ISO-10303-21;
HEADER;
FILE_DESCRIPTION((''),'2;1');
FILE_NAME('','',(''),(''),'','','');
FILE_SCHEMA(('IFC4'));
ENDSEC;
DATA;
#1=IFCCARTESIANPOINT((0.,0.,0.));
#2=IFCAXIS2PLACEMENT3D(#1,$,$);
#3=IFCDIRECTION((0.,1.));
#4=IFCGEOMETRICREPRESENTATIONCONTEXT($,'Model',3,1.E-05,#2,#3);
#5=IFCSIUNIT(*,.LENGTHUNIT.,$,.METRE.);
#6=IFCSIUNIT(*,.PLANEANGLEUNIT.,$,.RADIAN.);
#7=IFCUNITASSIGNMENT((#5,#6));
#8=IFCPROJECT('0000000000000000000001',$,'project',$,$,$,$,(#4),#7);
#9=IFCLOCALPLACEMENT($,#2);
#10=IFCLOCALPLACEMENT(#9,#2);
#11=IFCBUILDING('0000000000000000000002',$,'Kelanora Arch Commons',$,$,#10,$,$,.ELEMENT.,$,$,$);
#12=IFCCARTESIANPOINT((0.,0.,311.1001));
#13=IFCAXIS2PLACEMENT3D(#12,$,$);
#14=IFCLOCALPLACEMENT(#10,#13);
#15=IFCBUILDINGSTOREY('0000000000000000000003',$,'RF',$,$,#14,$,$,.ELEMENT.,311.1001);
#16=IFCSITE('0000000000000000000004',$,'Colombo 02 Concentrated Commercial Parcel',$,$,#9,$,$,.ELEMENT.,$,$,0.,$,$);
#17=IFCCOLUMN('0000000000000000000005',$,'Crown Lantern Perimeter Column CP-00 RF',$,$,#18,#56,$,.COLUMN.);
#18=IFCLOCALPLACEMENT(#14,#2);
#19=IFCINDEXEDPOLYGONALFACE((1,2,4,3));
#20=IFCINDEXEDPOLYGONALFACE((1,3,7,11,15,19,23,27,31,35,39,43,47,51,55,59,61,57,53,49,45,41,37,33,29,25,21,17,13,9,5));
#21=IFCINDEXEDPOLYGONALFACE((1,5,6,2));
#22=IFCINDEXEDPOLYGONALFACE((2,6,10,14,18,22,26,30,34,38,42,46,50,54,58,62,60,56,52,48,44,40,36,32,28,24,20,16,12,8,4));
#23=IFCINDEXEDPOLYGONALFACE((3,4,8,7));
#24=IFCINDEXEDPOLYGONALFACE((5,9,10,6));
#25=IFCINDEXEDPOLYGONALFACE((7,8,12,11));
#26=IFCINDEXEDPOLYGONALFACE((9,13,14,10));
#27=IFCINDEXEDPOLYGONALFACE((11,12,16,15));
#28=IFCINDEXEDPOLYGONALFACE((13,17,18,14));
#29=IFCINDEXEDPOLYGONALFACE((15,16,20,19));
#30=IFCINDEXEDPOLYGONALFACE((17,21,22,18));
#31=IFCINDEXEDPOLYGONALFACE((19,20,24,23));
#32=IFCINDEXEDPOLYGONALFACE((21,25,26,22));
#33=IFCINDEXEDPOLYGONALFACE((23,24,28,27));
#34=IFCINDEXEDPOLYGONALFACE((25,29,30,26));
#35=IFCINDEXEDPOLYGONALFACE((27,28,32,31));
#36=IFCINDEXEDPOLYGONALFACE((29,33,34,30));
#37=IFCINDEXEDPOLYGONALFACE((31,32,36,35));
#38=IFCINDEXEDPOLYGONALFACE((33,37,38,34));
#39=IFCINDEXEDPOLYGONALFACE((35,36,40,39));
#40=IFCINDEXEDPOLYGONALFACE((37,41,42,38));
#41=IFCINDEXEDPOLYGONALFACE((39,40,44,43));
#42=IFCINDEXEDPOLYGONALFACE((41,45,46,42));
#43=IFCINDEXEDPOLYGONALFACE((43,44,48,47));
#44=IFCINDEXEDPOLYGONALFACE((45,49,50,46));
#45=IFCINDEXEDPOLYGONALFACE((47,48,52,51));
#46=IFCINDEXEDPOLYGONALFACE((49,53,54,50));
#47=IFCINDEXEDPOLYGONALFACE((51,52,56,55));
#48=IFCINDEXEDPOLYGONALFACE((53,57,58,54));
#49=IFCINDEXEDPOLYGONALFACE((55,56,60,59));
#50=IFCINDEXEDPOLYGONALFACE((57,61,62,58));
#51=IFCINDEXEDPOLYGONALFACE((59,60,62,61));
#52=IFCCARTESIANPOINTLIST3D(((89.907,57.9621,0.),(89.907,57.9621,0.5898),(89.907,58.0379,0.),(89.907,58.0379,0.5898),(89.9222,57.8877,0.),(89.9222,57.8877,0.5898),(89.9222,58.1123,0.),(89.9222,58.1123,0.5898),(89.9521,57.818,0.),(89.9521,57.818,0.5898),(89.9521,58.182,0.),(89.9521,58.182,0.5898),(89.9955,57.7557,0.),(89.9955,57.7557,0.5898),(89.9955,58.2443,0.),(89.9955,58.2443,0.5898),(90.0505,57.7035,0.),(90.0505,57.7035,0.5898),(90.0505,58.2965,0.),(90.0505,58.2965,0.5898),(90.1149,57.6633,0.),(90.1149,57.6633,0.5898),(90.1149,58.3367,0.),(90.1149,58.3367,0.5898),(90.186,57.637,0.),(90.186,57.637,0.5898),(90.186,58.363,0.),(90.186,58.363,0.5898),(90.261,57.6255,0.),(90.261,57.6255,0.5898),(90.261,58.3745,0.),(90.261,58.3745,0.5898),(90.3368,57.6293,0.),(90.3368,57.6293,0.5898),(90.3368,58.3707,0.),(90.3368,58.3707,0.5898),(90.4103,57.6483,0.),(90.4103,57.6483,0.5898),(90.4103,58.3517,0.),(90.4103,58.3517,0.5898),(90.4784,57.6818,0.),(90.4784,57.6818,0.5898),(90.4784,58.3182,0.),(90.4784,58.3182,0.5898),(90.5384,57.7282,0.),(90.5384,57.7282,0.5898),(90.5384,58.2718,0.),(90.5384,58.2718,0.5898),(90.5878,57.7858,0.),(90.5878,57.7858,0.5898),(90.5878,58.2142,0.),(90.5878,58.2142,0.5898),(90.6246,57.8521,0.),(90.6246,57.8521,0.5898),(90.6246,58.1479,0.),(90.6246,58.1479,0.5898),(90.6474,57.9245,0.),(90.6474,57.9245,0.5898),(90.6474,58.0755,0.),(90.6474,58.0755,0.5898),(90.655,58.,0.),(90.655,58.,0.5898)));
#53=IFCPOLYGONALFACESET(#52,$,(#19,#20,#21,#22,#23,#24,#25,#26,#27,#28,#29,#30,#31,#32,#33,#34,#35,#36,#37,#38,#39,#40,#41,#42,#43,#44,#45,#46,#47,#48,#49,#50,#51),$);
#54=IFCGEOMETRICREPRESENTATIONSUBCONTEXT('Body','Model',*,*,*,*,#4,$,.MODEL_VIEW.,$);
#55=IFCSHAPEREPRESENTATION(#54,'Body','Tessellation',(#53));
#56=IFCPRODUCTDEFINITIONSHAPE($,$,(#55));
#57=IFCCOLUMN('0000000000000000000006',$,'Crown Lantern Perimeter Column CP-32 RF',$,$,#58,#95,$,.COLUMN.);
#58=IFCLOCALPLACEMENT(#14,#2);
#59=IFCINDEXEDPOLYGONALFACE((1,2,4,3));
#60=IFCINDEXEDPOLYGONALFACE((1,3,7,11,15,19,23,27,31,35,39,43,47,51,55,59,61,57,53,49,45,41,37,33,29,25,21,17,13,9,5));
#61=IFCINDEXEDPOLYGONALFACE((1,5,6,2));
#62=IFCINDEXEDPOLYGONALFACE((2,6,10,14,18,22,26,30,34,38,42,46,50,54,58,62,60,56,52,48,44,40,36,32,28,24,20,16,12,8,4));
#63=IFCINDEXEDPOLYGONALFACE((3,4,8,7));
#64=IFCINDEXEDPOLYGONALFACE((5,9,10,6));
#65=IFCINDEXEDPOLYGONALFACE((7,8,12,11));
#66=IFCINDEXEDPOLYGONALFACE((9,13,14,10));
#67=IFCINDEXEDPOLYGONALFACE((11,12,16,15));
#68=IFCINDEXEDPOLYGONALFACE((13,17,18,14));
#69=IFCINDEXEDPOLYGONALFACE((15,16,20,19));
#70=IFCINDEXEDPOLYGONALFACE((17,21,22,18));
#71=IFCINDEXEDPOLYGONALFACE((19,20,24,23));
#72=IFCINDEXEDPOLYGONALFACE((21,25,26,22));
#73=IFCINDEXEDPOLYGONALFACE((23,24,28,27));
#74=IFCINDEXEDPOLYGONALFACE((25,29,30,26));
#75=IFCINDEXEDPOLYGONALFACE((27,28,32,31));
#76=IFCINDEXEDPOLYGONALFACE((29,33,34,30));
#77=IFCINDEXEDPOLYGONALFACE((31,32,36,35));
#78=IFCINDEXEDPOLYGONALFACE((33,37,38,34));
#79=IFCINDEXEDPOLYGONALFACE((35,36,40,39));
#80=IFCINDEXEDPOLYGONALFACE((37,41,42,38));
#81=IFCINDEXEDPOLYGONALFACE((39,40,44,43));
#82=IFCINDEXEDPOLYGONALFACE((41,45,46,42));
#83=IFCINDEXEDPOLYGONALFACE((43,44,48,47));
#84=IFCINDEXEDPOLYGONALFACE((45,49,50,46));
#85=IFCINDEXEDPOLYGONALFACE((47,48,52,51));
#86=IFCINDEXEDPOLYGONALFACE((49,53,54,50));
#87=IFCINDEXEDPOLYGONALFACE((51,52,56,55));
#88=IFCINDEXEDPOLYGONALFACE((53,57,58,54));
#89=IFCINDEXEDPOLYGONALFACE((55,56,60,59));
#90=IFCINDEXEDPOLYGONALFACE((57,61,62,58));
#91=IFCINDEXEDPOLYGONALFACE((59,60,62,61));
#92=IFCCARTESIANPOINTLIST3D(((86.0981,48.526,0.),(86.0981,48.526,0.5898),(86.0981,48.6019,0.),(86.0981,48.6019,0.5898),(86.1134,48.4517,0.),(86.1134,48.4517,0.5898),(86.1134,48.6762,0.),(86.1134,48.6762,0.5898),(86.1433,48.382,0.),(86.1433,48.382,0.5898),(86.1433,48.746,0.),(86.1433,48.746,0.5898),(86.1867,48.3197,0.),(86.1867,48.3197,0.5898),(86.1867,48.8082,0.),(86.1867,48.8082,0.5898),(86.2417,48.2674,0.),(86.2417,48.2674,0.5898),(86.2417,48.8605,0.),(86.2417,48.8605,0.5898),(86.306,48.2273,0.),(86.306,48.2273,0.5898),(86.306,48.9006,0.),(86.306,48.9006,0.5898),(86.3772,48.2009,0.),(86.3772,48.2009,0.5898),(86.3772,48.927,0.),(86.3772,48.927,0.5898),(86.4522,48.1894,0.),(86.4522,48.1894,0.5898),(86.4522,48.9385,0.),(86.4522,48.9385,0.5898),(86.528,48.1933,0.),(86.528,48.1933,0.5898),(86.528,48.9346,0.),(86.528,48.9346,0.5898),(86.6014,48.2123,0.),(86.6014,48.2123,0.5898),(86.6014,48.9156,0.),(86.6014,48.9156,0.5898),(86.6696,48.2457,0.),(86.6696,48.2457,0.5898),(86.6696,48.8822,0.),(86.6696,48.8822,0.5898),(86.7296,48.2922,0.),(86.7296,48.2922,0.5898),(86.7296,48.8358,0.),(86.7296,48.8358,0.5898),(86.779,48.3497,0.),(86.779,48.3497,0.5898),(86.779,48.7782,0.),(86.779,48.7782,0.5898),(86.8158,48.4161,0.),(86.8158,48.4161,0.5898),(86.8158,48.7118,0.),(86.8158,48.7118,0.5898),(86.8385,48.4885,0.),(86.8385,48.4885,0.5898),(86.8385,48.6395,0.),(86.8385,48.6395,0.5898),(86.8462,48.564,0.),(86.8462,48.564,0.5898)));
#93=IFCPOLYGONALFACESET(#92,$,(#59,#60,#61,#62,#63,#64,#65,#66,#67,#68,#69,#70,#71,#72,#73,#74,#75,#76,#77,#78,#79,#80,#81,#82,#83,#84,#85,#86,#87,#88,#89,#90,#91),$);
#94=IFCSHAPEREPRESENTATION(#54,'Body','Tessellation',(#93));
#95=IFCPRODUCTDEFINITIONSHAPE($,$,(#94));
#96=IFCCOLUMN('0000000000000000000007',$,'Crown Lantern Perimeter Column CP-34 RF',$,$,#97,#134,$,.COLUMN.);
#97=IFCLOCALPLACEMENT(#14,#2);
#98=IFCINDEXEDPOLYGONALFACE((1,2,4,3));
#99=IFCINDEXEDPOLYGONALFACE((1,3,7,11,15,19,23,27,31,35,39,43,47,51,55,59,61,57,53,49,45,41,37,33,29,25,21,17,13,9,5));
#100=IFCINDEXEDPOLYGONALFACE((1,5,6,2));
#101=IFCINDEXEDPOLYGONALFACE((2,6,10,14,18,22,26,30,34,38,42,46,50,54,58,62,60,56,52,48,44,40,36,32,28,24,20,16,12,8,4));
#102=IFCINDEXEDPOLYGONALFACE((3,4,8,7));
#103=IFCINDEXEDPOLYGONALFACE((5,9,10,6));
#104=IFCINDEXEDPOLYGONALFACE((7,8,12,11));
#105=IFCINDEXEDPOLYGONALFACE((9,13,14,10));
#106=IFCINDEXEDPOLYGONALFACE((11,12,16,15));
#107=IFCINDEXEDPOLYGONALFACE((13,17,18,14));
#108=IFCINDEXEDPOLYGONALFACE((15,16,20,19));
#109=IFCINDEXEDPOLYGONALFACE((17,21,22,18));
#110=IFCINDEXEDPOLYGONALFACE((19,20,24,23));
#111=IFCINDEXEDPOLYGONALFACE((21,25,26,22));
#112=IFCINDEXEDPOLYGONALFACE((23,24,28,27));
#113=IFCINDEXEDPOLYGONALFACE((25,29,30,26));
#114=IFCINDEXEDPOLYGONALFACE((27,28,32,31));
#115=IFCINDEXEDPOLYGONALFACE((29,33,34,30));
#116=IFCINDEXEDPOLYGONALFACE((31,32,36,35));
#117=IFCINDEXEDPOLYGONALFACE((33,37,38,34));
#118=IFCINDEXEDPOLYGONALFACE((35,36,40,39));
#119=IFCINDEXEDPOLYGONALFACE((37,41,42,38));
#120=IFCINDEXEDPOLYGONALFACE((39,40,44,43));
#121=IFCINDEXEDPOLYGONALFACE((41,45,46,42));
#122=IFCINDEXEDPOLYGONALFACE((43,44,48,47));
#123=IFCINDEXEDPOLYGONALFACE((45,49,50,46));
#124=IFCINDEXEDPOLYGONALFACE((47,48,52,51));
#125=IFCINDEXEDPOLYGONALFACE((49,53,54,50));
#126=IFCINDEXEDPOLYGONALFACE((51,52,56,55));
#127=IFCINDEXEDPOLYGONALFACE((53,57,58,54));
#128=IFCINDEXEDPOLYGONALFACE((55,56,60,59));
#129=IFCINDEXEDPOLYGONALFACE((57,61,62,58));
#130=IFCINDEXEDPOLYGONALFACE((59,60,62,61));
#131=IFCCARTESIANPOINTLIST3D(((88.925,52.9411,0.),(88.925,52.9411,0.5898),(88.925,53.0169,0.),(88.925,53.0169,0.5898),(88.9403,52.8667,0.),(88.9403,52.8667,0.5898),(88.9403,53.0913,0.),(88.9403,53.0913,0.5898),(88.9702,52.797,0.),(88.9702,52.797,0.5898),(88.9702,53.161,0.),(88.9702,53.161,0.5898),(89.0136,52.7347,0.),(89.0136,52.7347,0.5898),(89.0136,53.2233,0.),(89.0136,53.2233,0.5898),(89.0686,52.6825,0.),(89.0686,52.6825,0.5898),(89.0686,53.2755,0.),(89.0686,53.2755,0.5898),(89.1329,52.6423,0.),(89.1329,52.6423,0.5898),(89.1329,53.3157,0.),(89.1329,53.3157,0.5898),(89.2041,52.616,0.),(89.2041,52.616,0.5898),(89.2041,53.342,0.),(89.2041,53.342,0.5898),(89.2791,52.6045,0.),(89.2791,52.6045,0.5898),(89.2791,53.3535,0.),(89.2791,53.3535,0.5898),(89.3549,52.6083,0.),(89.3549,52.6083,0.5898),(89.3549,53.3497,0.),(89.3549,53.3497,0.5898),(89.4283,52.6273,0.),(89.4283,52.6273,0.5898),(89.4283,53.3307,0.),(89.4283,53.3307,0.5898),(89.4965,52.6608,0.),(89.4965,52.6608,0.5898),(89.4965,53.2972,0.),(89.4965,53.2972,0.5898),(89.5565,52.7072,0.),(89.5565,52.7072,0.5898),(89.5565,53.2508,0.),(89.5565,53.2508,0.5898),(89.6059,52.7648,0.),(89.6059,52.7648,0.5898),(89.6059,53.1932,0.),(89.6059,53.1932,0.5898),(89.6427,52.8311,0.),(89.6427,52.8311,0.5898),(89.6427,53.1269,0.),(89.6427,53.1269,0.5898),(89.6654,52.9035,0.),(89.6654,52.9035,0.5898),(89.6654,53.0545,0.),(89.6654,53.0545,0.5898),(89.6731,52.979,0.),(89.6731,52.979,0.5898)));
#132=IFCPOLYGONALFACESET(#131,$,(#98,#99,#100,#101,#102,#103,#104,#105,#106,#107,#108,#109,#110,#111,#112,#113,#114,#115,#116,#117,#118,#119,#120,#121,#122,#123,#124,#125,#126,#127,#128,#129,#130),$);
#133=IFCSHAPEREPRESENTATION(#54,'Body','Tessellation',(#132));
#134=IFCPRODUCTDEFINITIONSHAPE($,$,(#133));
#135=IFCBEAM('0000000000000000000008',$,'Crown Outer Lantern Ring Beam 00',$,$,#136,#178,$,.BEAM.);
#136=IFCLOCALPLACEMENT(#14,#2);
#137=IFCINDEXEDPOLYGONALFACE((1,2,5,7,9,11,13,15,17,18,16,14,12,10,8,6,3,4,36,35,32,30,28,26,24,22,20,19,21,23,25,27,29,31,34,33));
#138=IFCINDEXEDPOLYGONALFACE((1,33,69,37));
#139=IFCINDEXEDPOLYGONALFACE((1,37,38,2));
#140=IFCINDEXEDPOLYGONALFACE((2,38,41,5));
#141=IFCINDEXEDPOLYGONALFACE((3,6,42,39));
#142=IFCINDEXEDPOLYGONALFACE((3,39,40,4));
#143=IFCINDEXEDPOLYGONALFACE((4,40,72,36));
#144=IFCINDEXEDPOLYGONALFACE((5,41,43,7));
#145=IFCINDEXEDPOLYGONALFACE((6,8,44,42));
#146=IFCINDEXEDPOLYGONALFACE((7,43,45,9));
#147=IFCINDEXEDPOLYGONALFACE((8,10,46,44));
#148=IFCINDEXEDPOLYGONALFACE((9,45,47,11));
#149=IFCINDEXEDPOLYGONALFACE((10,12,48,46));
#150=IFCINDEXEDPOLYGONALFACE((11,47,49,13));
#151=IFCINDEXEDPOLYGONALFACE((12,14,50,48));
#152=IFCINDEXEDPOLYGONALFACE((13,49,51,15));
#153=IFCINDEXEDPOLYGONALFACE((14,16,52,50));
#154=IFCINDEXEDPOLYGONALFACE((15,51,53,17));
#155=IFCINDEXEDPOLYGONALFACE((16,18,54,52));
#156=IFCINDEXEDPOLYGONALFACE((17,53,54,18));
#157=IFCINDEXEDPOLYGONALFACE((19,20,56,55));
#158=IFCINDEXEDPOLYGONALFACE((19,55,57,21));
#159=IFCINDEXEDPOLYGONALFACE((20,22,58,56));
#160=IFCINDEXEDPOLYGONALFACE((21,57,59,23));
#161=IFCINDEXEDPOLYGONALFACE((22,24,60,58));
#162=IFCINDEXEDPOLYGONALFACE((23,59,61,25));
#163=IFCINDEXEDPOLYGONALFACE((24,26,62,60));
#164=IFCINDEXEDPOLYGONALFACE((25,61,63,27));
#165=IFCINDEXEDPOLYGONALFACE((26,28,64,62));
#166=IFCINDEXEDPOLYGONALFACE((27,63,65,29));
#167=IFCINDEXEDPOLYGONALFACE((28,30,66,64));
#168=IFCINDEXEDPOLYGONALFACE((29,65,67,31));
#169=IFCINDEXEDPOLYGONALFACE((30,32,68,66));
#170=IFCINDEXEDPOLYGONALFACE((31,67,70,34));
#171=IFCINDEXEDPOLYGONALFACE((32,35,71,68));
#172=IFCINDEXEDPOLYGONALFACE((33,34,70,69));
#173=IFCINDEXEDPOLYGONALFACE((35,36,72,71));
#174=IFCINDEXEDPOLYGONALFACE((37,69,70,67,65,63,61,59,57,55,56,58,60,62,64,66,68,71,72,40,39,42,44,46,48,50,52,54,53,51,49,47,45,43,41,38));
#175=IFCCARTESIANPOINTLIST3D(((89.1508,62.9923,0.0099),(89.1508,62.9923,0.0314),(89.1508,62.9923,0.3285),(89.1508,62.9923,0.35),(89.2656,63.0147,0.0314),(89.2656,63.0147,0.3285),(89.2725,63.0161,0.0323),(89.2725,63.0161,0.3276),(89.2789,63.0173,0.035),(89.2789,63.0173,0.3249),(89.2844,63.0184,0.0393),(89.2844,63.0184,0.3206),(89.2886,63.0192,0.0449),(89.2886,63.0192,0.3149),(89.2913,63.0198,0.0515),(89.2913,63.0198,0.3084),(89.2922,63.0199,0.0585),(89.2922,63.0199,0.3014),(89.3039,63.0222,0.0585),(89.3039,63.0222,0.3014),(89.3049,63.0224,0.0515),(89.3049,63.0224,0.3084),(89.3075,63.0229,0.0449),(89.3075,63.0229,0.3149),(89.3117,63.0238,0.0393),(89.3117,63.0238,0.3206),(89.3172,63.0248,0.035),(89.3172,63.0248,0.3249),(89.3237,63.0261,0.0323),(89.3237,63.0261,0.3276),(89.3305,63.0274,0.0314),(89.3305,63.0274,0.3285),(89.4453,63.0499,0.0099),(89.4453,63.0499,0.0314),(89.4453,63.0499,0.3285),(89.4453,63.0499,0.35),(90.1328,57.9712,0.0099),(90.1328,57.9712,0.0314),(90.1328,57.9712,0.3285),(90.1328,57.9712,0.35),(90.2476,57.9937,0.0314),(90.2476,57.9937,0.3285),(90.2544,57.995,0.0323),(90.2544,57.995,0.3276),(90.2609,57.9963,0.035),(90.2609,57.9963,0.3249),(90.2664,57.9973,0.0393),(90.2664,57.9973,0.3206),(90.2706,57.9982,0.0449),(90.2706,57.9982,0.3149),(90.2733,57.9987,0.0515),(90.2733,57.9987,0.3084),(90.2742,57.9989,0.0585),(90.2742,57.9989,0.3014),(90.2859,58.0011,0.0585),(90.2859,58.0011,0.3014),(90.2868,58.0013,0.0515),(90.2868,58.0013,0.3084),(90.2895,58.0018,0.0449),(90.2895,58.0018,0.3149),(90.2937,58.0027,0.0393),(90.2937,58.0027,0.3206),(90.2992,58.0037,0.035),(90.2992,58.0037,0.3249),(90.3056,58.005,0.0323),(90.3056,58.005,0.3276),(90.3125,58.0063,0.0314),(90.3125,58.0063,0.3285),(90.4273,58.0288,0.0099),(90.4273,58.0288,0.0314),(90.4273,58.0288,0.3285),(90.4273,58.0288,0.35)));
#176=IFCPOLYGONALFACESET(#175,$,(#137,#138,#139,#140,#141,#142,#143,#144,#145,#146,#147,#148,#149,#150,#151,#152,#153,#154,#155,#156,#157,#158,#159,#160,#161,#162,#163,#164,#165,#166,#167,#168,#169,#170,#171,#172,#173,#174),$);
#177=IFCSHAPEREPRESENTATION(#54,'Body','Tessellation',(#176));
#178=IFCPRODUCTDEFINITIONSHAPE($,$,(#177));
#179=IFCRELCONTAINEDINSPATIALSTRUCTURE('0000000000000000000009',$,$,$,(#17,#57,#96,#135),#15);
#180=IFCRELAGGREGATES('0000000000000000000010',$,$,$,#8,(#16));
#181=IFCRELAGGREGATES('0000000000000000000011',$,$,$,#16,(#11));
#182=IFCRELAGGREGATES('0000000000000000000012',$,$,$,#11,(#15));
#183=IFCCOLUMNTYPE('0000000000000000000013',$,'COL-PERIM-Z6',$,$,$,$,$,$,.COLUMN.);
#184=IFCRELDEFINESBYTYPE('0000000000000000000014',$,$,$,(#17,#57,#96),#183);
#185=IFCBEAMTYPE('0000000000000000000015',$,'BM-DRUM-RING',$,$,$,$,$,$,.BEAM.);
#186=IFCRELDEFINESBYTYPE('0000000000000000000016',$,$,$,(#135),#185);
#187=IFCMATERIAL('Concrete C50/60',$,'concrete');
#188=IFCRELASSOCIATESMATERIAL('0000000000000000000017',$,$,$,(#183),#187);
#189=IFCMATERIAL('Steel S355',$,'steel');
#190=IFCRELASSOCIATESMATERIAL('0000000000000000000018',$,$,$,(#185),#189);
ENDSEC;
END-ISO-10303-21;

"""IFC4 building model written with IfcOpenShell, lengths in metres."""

from ifc_helpers import new_model, si_unit, direction, frame, origin, origin_2d, place, context, subcontext, project, spatial, circle, i_section, extrude, material, material_profile, profile_set, type_object, element, save


model = new_model("IFC4")

# Units and contexts
model_context = context("Model", 3, precision=1e-05, world=origin(), true_north=direction((0.0, 1.0)))
body_context = subcontext(model_context, "Body", "Model", "MODEL_VIEW")
ifc_project = project(units=[si_unit("LENGTHUNIT", "METRE"), si_unit("PLANEANGLEUNIT", "RADIAN")], contexts=[model_context])

# Site, building, storey
site_placement = place(None, origin())
site = spatial("IfcSite", under=ifc_project, at=site_placement, Name="Colombo 02 Concentrated Commercial Parcel", CompositionType="ELEMENT", RefElevation=0.0)
building_placement = place(site_placement, origin())
building = spatial("IfcBuilding", under=site, at=building_placement, Name="Kelanora Arch Commons", CompositionType="ELEMENT")
storey_placement = place(building_placement, frame((0.0, 0.0, 311.1001)))
storey = spatial("IfcBuildingStorey", under=building, at=storey_placement, Name="RF", CompositionType="ELEMENT", Elevation=311.1001)

# Columns
ifc_material_1 = material(Name="Concrete C50/60", Category="concrete")
ifc_material_profile_1 = material_profile(ifc_material_1, circle(Radius=0.375, at=origin_2d()), Name="RCC750")
ifc_profile_set_1 = profile_set([ifc_material_profile_1], Name="Concrete C50/60")
column_type = type_object("IfcColumnType", Name="COL-PERIM-Z6", PredefinedType="COLUMN", material=ifc_profile_set_1)
for number, where, z_axis, x_axis, name in (
    (1, (90.28, 58.0, 0.0), (0.0, 0.0, 1.0), (1.0, 0.0, 0.0), "Crown Lantern Perimeter Column CP-00 RF"),
    (2, (86.4712, 48.564, 0.0), (0.0, 0.0, 1.0), (1.0, 0.0, 0.0), "Crown Lantern Perimeter Column CP-32 RF"),
    (3, (89.2981, 52.979, 0.0), (0.0, 0.0, 1.0), (1.0, 0.0, 0.0), "Crown Lantern Perimeter Column CP-34 RF"),
):
    element("IfcColumn", number, at=place(storey_placement, frame(where, z_axis=z_axis, x_axis=x_axis)), inside=storey, type_object=column_type, Name=name, PredefinedType="COLUMN", context=body_context, shape_type="SweptSolid", body=[
        extrude(circle(Radius=0.375, at=origin_2d()), origin(), (0.0, 0.0, 1.0), 0.5898),
    ])

# Beam
ifc_material_2 = material(Name="Steel S355", Category="steel")
ifc_material_profile_2 = material_profile(ifc_material_2, i_section(OverallWidth=0.3, OverallDepth=0.3401, WebThickness=0.012, FlangeThickness=0.0215, FilletRadius=0.0271, at=origin_2d()), Name="HEB340")
ifc_profile_set_2 = profile_set([ifc_material_profile_2], Name="Steel S355")
beam_type = type_object("IfcBeamType", Name="BM-DRUM-RING", PredefinedType="BEAM", material=ifc_profile_set_2)
beam_1_placement = place(storey_placement, frame((90.28, 58.0, 0.1799), z_axis=(-0.19193, 0.981409, 0.0), x_axis=(-0.981409, -0.19193, 0.0)))
element("IfcBeam", 4, at=beam_1_placement, inside=storey, type_object=beam_type, Name="Crown Outer Lantern Ring Beam 00", PredefinedType="BEAM", context=body_context, shape_type="SweptSolid", body=[
    extrude(i_section(OverallWidth=0.3, OverallDepth=0.3401, WebThickness=0.012, FlangeThickness=0.0215, FilletRadius=0.0271, at=origin_2d()), origin(), (0.0, 0.0, 1.0), 5.1162),
])

save(model, "model.ifc")
